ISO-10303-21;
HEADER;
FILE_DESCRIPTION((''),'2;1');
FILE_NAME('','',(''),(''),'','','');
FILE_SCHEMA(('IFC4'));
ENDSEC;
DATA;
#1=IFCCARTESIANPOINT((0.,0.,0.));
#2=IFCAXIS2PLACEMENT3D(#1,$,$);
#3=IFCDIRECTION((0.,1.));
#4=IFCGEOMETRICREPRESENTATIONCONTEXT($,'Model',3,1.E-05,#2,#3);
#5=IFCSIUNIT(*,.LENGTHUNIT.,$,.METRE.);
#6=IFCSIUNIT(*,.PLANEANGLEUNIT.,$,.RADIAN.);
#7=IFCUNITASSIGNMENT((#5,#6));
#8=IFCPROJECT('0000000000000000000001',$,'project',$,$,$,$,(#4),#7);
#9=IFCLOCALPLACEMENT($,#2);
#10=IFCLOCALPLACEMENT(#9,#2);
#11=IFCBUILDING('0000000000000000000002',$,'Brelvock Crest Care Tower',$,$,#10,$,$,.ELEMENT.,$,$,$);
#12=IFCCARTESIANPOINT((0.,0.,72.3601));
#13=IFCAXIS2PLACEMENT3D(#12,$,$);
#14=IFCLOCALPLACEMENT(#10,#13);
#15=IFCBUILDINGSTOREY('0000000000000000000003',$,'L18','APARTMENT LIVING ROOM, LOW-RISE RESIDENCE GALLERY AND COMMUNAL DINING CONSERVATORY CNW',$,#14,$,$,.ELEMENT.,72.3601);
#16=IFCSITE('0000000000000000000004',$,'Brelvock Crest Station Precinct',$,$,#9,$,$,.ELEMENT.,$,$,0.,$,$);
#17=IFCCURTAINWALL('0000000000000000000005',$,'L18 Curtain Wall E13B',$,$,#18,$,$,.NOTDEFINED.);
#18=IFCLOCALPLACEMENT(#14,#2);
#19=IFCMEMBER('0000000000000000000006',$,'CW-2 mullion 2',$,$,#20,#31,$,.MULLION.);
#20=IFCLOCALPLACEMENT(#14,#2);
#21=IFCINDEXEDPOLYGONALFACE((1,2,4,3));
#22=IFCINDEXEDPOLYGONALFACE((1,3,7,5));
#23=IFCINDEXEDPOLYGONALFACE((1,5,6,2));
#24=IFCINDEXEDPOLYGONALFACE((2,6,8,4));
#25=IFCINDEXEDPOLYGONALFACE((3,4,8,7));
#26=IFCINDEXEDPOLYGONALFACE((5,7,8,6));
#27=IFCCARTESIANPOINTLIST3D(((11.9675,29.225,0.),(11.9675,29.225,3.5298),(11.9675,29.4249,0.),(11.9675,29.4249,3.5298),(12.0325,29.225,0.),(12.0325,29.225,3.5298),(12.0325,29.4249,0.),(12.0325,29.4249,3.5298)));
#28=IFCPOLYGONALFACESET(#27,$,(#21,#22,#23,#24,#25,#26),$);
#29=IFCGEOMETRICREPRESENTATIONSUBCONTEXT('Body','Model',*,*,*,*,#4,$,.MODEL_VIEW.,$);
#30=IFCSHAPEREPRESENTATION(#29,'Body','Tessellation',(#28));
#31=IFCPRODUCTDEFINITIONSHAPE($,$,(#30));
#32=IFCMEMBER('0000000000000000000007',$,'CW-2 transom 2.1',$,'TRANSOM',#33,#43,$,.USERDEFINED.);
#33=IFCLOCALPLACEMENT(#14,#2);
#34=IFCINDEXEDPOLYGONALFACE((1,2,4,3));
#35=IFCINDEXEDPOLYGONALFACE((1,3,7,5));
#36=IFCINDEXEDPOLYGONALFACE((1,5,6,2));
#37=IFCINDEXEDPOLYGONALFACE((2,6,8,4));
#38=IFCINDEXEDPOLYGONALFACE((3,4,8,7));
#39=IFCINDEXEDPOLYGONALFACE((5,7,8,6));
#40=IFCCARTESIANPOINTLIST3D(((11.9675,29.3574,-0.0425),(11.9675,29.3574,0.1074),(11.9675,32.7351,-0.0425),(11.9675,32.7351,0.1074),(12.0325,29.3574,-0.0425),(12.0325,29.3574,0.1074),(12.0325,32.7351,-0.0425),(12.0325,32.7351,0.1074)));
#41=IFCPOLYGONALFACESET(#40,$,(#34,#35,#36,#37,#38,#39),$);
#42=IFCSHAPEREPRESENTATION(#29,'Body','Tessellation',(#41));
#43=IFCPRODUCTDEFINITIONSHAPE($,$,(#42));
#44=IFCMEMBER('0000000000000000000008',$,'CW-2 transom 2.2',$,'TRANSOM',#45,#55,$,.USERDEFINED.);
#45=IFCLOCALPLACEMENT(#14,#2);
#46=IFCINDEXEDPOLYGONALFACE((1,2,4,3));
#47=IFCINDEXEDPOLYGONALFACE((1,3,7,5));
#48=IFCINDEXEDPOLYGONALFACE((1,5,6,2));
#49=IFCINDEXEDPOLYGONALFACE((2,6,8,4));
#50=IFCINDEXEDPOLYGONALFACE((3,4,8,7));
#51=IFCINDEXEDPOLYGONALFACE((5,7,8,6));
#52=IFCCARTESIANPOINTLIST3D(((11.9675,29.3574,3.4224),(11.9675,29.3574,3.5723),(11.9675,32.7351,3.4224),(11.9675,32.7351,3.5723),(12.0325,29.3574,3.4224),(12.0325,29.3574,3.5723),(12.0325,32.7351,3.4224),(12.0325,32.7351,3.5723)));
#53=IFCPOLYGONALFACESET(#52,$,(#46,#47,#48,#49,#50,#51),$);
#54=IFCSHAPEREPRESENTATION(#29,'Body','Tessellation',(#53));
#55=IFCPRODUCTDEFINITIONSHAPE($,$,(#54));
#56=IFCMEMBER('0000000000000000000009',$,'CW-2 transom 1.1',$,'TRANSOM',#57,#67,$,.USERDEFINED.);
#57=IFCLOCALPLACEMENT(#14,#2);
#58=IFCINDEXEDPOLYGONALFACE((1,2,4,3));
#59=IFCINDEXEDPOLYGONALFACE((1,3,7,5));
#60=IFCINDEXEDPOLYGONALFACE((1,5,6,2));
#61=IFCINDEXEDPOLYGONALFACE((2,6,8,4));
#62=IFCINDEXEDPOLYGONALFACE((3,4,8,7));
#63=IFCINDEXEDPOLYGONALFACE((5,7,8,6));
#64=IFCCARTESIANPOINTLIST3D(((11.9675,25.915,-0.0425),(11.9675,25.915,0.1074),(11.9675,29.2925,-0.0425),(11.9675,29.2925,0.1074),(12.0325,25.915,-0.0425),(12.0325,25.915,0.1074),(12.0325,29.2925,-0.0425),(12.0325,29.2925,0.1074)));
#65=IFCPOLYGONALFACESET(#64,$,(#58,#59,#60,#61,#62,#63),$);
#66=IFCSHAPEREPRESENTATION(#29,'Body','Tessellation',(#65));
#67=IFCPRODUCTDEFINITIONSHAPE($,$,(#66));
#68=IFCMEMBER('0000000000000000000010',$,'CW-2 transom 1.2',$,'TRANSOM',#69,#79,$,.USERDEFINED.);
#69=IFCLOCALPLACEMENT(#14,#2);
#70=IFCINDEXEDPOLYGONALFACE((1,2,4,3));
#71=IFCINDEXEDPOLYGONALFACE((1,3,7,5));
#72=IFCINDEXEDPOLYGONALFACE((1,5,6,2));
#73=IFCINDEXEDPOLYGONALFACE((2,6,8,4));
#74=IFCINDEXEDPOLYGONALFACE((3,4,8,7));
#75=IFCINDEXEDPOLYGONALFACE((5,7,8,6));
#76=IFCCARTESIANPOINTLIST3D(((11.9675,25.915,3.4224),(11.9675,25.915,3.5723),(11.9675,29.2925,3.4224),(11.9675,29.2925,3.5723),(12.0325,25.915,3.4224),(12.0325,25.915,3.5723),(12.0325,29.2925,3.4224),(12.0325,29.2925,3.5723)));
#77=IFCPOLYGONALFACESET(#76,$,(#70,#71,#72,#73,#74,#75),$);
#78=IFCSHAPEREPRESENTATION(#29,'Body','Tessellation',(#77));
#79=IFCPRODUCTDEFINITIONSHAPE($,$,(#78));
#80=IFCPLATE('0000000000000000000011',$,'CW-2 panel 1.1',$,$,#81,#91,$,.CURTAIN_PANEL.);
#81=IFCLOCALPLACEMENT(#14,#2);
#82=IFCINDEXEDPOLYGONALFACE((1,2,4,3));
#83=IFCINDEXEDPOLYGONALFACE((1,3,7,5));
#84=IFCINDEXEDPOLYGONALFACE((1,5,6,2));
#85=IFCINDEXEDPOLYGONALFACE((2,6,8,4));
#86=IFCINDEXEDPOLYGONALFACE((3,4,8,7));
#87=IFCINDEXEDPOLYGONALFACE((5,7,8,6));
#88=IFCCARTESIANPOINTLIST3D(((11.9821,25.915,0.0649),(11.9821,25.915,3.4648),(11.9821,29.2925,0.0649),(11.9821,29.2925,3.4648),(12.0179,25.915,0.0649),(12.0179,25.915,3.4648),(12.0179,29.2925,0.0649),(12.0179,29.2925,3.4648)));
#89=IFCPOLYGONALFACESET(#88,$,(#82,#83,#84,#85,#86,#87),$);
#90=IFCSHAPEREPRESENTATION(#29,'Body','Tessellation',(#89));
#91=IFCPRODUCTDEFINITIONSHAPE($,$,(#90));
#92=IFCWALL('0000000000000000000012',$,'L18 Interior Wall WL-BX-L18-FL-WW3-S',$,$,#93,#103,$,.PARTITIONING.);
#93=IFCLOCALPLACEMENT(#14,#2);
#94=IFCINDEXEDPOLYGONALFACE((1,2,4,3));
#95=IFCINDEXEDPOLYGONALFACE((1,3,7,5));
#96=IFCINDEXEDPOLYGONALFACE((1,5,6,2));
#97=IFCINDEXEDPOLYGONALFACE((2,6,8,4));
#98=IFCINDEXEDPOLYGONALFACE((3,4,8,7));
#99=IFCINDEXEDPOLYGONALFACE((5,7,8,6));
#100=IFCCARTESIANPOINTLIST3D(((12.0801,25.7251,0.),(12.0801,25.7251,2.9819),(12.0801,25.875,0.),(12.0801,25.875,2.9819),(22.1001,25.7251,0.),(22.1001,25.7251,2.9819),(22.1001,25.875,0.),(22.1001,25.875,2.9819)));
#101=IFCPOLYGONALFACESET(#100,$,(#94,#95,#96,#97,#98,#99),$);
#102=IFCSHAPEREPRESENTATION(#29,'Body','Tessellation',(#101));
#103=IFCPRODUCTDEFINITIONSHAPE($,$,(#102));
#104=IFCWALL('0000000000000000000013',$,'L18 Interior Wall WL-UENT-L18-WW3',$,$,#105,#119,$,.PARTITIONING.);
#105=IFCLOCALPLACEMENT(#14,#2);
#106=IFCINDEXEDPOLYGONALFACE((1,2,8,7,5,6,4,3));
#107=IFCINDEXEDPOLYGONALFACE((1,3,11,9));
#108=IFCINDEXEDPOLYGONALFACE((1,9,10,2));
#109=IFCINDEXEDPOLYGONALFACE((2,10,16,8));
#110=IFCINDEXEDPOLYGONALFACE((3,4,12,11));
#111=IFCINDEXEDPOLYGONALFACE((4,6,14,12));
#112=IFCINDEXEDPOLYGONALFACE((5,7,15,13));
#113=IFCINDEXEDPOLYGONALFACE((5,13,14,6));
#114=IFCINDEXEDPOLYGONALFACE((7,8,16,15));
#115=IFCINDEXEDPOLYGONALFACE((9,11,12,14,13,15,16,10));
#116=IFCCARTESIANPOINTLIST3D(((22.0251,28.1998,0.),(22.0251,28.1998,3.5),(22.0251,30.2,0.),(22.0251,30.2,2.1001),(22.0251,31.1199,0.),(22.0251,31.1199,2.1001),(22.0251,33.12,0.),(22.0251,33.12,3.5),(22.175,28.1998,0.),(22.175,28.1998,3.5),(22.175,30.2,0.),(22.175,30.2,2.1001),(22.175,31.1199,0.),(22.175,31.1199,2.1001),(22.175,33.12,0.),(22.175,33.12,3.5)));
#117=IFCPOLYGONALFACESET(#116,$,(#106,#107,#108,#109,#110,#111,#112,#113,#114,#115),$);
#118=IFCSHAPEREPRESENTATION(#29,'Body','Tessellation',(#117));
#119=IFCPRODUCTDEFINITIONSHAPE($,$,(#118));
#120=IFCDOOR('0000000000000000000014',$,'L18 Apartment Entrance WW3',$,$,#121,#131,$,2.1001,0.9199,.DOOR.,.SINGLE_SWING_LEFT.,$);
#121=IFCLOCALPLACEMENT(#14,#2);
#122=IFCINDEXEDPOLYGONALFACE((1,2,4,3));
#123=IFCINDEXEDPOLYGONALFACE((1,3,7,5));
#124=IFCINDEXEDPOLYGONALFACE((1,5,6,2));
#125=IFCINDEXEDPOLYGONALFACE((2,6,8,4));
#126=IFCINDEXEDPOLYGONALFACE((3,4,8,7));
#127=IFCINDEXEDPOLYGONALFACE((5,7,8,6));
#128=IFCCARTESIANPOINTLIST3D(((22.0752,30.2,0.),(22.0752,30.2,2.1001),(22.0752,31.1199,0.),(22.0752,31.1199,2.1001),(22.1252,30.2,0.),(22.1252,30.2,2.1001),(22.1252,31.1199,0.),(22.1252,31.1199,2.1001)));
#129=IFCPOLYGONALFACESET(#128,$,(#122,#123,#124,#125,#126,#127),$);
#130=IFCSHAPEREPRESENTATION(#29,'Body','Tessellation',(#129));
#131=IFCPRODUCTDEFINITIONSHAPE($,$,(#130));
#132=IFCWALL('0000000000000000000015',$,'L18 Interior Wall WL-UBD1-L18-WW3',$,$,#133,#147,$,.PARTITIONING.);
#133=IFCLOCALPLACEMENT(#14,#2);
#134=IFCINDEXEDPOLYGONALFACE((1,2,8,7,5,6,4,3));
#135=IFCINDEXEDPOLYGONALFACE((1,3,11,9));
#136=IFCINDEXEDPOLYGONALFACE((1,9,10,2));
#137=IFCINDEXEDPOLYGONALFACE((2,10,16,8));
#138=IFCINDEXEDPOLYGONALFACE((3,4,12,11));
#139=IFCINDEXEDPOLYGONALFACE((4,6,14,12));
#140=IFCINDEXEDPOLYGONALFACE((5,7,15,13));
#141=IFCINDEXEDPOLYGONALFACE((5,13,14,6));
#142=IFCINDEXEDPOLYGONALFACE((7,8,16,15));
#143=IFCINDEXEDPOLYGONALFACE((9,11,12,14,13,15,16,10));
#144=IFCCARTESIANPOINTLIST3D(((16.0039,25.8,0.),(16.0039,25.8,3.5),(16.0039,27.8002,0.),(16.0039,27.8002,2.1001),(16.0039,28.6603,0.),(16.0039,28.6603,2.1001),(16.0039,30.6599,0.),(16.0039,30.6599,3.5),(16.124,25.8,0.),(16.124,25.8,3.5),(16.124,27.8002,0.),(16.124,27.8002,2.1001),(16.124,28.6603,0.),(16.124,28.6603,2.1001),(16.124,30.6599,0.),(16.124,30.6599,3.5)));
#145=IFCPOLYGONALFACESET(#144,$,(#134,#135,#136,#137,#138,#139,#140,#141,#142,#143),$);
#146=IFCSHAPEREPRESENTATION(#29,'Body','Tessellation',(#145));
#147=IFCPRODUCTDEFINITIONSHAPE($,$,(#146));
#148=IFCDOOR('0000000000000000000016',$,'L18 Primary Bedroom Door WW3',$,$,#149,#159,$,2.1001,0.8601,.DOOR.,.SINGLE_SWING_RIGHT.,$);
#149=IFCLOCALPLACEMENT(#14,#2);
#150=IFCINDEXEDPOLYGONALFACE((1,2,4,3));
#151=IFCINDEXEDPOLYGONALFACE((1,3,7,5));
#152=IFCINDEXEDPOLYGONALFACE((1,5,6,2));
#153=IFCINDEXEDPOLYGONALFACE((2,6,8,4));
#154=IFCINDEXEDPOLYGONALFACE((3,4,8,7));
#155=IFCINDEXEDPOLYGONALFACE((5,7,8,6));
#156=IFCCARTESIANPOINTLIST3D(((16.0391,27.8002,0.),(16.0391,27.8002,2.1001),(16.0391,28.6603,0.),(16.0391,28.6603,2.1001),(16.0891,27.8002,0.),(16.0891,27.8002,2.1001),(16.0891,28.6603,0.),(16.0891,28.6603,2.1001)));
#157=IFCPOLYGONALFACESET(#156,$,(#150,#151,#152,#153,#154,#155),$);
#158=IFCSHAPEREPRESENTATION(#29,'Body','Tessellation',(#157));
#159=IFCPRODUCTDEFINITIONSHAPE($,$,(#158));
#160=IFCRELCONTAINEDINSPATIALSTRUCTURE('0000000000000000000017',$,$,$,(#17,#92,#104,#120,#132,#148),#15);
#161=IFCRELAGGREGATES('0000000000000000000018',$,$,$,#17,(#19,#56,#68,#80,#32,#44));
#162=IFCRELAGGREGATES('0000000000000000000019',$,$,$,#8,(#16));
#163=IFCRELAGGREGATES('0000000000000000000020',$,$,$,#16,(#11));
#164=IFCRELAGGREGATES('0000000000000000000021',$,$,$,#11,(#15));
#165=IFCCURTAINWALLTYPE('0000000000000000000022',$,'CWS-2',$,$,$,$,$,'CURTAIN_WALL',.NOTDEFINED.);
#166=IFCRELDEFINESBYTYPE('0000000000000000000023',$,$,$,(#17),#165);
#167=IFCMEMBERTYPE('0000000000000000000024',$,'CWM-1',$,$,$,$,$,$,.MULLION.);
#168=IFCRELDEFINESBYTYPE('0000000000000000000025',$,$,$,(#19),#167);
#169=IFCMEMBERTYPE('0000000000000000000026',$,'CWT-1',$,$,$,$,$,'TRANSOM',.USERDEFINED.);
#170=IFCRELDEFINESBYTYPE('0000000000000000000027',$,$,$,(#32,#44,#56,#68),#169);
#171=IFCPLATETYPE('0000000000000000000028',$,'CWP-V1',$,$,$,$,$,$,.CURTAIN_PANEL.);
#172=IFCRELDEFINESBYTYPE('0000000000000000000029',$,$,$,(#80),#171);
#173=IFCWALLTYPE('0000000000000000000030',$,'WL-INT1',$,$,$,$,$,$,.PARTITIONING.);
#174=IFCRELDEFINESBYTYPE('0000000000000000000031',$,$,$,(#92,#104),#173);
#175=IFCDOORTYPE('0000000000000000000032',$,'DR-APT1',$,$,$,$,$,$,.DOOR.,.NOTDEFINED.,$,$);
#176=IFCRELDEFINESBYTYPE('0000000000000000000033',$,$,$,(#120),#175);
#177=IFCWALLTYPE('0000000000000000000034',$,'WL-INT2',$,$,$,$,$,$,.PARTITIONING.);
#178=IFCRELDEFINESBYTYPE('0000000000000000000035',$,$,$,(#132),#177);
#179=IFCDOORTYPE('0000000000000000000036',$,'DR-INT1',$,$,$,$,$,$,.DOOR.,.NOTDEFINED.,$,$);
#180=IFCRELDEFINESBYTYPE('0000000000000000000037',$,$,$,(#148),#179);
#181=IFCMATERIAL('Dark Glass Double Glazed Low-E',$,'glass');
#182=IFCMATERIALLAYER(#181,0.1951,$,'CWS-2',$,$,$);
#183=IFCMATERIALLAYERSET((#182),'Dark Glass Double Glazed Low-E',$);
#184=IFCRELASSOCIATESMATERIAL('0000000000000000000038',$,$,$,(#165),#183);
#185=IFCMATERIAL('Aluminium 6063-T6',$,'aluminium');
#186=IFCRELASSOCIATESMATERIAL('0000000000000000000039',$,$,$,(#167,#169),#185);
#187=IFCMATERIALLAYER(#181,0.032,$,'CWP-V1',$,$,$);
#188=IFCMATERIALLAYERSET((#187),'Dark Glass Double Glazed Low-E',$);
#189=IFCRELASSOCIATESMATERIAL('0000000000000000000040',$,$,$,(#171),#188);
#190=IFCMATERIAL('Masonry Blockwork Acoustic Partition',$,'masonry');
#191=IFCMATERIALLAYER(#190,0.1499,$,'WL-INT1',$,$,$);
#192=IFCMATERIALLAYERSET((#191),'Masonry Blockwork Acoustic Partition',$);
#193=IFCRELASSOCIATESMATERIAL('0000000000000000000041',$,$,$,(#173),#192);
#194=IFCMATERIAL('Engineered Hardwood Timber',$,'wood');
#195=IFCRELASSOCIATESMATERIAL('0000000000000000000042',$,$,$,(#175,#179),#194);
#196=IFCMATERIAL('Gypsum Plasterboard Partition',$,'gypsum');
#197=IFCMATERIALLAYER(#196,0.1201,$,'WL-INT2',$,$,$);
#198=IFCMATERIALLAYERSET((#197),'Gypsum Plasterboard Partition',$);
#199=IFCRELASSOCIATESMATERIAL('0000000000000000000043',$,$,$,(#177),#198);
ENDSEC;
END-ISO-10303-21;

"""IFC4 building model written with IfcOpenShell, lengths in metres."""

from ifc_helpers import new_model, si_unit, direction, frame, frame_2d, origin, origin_2d, place, context, subcontext, project, spatial, rectangle, extrude, source, transform, mapped, material, layer, layer_set, material_profile, profile_set, type_object, element, fill, aggregate, save


model = new_model("IFC4")

# Units and contexts
model_context = context("Model", 3, precision=1e-05, world=origin(), true_north=direction((0.0, 1.0)))
body_context = subcontext(model_context, "Body", "Model", "MODEL_VIEW")
ifc_project = project(units=[si_unit("LENGTHUNIT", "METRE"), si_unit("PLANEANGLEUNIT", "RADIAN")], contexts=[model_context])

# Site, building, storey
site_placement = place(None, origin())
site = spatial("IfcSite", under=ifc_project, at=site_placement, Name="Brelvock Crest Station Precinct", CompositionType="ELEMENT", RefElevation=0.0)
building_placement = place(site_placement, origin())
building = spatial("IfcBuilding", under=site, at=building_placement, Name="Brelvock Crest Care Tower", CompositionType="ELEMENT")
storey_placement = place(building_placement, frame((0.0, 0.0, 72.3601)))
storey = spatial("IfcBuildingStorey", under=building, at=storey_placement, Name="L18", Description="APARTMENT LIVING ROOM, LOW-RISE RESIDENCE GALLERY AND COMMUNAL DINING CONSERVATORY CNW", CompositionType="ELEMENT", Elevation=72.3601)

# Curtain wall, members, plate
ifc_material_1 = material(Name="Dark Glass Double Glazed Low-E", Category="glass")
ifc_layer_1 = layer(ifc_material_1, 0.1951, Name="CWS-2")
ifc_layer_set_1 = layer_set([ifc_layer_1], Name="Dark Glass Double Glazed Low-E")
curtain_wall_type = type_object("IfcCurtainWallType", Name="CWS-2", ElementType="CURTAIN_WALL", PredefinedType="NOTDEFINED", material=ifc_layer_set_1)
curtain_wall_placement = place(storey_placement, origin())
curtain_wall = element("IfcCurtainWall", 1, at=curtain_wall_placement, inside=storey, type_object=curtain_wall_type, Name="L18 Curtain Wall E13B", PredefinedType="NOTDEFINED")
ifc_material_2 = material(Name="Aluminium 6063-T6", Category="aluminium")
ifc_material_profile_1 = material_profile(ifc_material_2, rectangle(XDim=0.0649, YDim=0.2, at=origin_2d()), Name="ALU65x200")
ifc_profile_set_1 = profile_set([ifc_material_profile_1], Name="Aluminium 6063-T6")
member_type_1 = type_object("IfcMemberType", Name="CWM-1", PredefinedType="MULLION", material=ifc_profile_set_1)
shared_shape_1 = source(origin(), body_context, "Body", "SweptSolid", [
    extrude(rectangle(XDim=0.0649, YDim=0.2, at=origin_2d()), origin(), (0.0, 0.0, 1.0), 3.5298),
])
member_1_placement = place(storey_placement, frame((12.0, 29.325, 0.0), z_axis=(0.0, 0.0, 1.0), x_axis=(-1.0, 0.0, 0.0)))
member_1 = element("IfcMember", 2, at=member_1_placement, type_object=member_type_1, Name="CW-2 mullion 2", PredefinedType="MULLION", context=body_context, shape_type="MappedRepresentation", body=[
    mapped(shared_shape_1, transform((0.0, 0.0, 0.0), x_axis=(1.0, 0.0, 0.0), y_axis=(0.0, 1.0, 0.0), z_axis=(0.0, 0.0, 1.0), scale=1.0)),
])
ifc_material_profile_2 = material_profile(ifc_material_2, rectangle(XDim=0.0649, YDim=0.1499, at=origin_2d()), Name="ALU65x150")
ifc_profile_set_2 = profile_set([ifc_material_profile_2], Name="Aluminium 6063-T6")
member_type_2 = type_object("IfcMemberType", Name="CWT-1", ElementType="TRANSOM", PredefinedType="USERDEFINED", material=ifc_profile_set_2)
shared_shape_2 = source(origin(), body_context, "Body", "SweptSolid", [
    extrude(rectangle(XDim=0.0649, YDim=0.1499, at=origin_2d()), origin(), (0.0, 0.0, 1.0), 3.3777),
])
member_2_placement = place(storey_placement, frame((12.0, 29.3574, 0.0325), z_axis=(0.0, 1.0, 0.0), x_axis=(-1.0, 0.0, 0.0)))
member_2 = element("IfcMember", 3, at=member_2_placement, type_object=member_type_2, Name="CW-2 transom 2.1", ObjectType="TRANSOM", PredefinedType="USERDEFINED", context=body_context, shape_type="MappedRepresentation", body=[
    mapped(shared_shape_2, transform((0.0, 0.0, 0.0), x_axis=(1.0, 0.0, 0.0), y_axis=(0.0, 1.0, 0.0), z_axis=(0.0, 0.0, 1.0), scale=1.0)),
])
member_3_placement = place(storey_placement, frame((12.0, 29.3574, 3.4973), z_axis=(0.0, 1.0, 0.0), x_axis=(-1.0, 0.0, 0.0)))
member_3 = element("IfcMember", 4, at=member_3_placement, type_object=member_type_2, Name="CW-2 transom 2.2", ObjectType="TRANSOM", PredefinedType="USERDEFINED", context=body_context, shape_type="MappedRepresentation", body=[
    mapped(shared_shape_2, transform((0.0, 0.0, 0.0), x_axis=(1.0, 0.0, 0.0), y_axis=(0.0, 1.0, 0.0), z_axis=(0.0, 0.0, 1.0), scale=1.0)),
])
shared_shape_3 = source(origin(), body_context, "Body", "SweptSolid", [
    extrude(rectangle(XDim=0.0649, YDim=0.1499, at=origin_2d()), origin(), (0.0, 0.0, 1.0), 3.3774),
])
member_4_placement = place(storey_placement, frame((12.0, 25.915, 0.0325), z_axis=(0.0, 1.0, 0.0), x_axis=(-1.0, 0.0, 0.0)))
member_4 = element("IfcMember", 5, at=member_4_placement, type_object=member_type_2, Name="CW-2 transom 1.1", ObjectType="TRANSOM", PredefinedType="USERDEFINED", context=body_context, shape_type="MappedRepresentation", body=[
    mapped(shared_shape_3, transform((0.0, 0.0, 0.0), x_axis=(1.0, 0.0, 0.0), y_axis=(0.0, 1.0, 0.0), z_axis=(0.0, 0.0, 1.0), scale=1.0)),
])
member_5_placement = place(storey_placement, frame((12.0, 25.915, 3.4973), z_axis=(0.0, 1.0, 0.0), x_axis=(-1.0, 0.0, 0.0)))
member_5 = element("IfcMember", 6, at=member_5_placement, type_object=member_type_2, Name="CW-2 transom 1.2", ObjectType="TRANSOM", PredefinedType="USERDEFINED", context=body_context, shape_type="MappedRepresentation", body=[
    mapped(shared_shape_3, transform((0.0, 0.0, 0.0), x_axis=(1.0, 0.0, 0.0), y_axis=(0.0, 1.0, 0.0), z_axis=(0.0, 0.0, 1.0), scale=1.0)),
])
ifc_layer_2 = layer(ifc_material_1, 0.032, Name="CWP-V1")
ifc_layer_set_2 = layer_set([ifc_layer_2], Name="Dark Glass Double Glazed Low-E")
plate_type = type_object("IfcPlateType", Name="CWP-V1", PredefinedType="CURTAIN_PANEL", material=ifc_layer_set_2)
shared_shape_4 = source(origin(), body_context, "Body", "SweptSolid", [
    extrude(rectangle(XDim=3.3774, YDim=0.0359, at=origin_2d()), origin(), (0.0, 0.0, 1.0), 3.3999),
])
plate_placement = place(storey_placement, frame((12.0, 27.6038, 0.0649), z_axis=(0.0, 0.0, 1.0), x_axis=(0.0, 1.0, 0.0)))
plate = element("IfcPlate", 7, at=plate_placement, type_object=plate_type, Name="CW-2 panel 1.1", PredefinedType="CURTAIN_PANEL", context=body_context, shape_type="MappedRepresentation", body=[
    mapped(shared_shape_4, transform((0.0, 0.0, 0.0), x_axis=(1.0, 0.0, 0.0), y_axis=(0.0, 1.0, 0.0), z_axis=(0.0, 0.0, 1.0), scale=1.0)),
])
aggregate(curtain_wall, [member_1, member_4, member_5, plate, member_2, member_3])

# Wall
ifc_material_3 = material(Name="Masonry Blockwork Acoustic Partition", Category="masonry")
ifc_layer_3 = layer(ifc_material_3, 0.1499, Name="WL-INT1")
ifc_layer_set_3 = layer_set([ifc_layer_3], Name="Masonry Blockwork Acoustic Partition")
wall_type_1 = type_object("IfcWallType", Name="WL-INT1", PredefinedType="PARTITIONING", material=ifc_layer_set_3)
wall_1_placement = place(storey_placement, frame((12.0801, 25.8, 0.0), z_axis=(0.0, 0.0, 1.0), x_axis=(1.0, 0.0, 0.0)))
element("IfcWall", 8, at=wall_1_placement, inside=storey, type_object=wall_type_1, Name="L18 Interior Wall WL-BX-L18-FL-WW3-S", PredefinedType="PARTITIONING", context=body_context, shape_type="SweptSolid", body=[
    extrude(rectangle(XDim=10.02, YDim=0.1499, at=frame_2d((5.01, 0.0))), origin(), (0.0, 0.0, 1.0), 2.9819),
])

# Walls, openings, doors
wall_2_placement = place(storey_placement, frame((22.1001, 28.2, 0.0), z_axis=(0.0, 0.0, 1.0), x_axis=(0.0, 1.0, 0.0)))
wall_2 = element("IfcWall", 9, at=wall_2_placement, inside=storey, type_object=wall_type_1, Name="L18 Interior Wall WL-UENT-L18-WW3", PredefinedType="PARTITIONING", context=body_context, shape_type="SweptSolid", body=[
    extrude(rectangle(XDim=4.9202, YDim=0.1499, at=frame_2d((2.46, 0.0))), origin(), (0.0, 0.0, 1.0), 3.5),
])
opening_1_placement = place(wall_2_placement, frame((2.0, 0.0, 0.0)))
opening_1 = element("IfcOpeningElement", 10, at=opening_1_placement, cuts=wall_2, PredefinedType="OPENING", context=body_context, shape_type="SweptSolid", body=[
    extrude(rectangle(XDim=0.9199, YDim=2.1001, at=origin_2d()), frame((0.46, 0.085, 1.05), z_axis=(0.0, -1.0, 0.0), x_axis=(1.0, 0.0, 0.0)), (0.0, 0.0, 1.0), 0.1699),
])
ifc_material_4 = material(Name="Engineered Hardwood Timber", Category="wood")
door_type_1 = type_object("IfcDoorType", Name="DR-APT1", OperationType="NOTDEFINED", PredefinedType="DOOR", material=ifc_material_4)
shared_shape_5 = source(origin(), body_context, "Body", "SweptSolid", [
    extrude(rectangle(XDim=0.9199, YDim=2.1001, at=origin_2d()), frame((0.46, 0.0249, 1.05), z_axis=(0.0, -1.0, 0.0), x_axis=(1.0, 0.0, 0.0)), (0.0, 0.0, 1.0), 0.05),
])
door_1_placement = place(opening_1_placement, origin())
door_1 = element("IfcDoor", 11, at=door_1_placement, inside=storey, type_object=door_type_1, Name="L18 Apartment Entrance WW3", OperationType="SINGLE_SWING_LEFT", OverallHeight=2.1001, OverallWidth=0.9199, PredefinedType="DOOR", context=body_context, shape_type="MappedRepresentation", body=[
    mapped(shared_shape_5, transform((0.0, 0.0, 0.0), x_axis=(1.0, 0.0, 0.0), y_axis=(0.0, 1.0, 0.0), z_axis=(0.0, 0.0, 1.0), scale=1.0)),
])
fill(opening_1, door_1)
ifc_material_5 = material(Name="Gypsum Plasterboard Partition", Category="gypsum")
ifc_layer_4 = layer(ifc_material_5, 0.1201, Name="WL-INT2")
ifc_layer_set_4 = layer_set([ifc_layer_4], Name="Gypsum Plasterboard Partition")
wall_type_2 = type_object("IfcWallType", Name="WL-INT2", PredefinedType="PARTITIONING", material=ifc_layer_set_4)
wall_3_placement = place(storey_placement, frame((16.064, 25.8, 0.0), z_axis=(0.0, 0.0, 1.0), x_axis=(0.0, 1.0, 0.0)))
wall_3 = element("IfcWall", 12, at=wall_3_placement, inside=storey, type_object=wall_type_2, Name="L18 Interior Wall WL-UBD1-L18-WW3", PredefinedType="PARTITIONING", context=body_context, shape_type="SweptSolid", body=[
    extrude(rectangle(XDim=4.8599, YDim=0.1201, at=frame_2d((2.4299, 0.0))), origin(), (0.0, 0.0, 1.0), 3.5),
])
opening_2_placement = place(wall_3_placement, frame((2.0, 0.0, 0.0)))
opening_2 = element("IfcOpeningElement", 13, at=opening_2_placement, cuts=wall_3, PredefinedType="OPENING", context=body_context, shape_type="SweptSolid", body=[
    extrude(rectangle(XDim=0.8601, YDim=2.1001, at=origin_2d()), frame((0.4302, 0.0701, 1.05), z_axis=(0.0, -1.0, 0.0), x_axis=(1.0, 0.0, 0.0)), (0.0, 0.0, 1.0), 0.1401),
])
door_type_2 = type_object("IfcDoorType", Name="DR-INT1", OperationType="NOTDEFINED", PredefinedType="DOOR", material=ifc_material_4)
shared_shape_6 = source(origin(), body_context, "Body", "SweptSolid", [
    extrude(rectangle(XDim=0.8601, YDim=2.1001, at=origin_2d()), frame((0.4302, 0.0249, 1.05), z_axis=(0.0, -1.0, 0.0), x_axis=(1.0, 0.0, 0.0)), (0.0, 0.0, 1.0), 0.05),
])
door_2_placement = place(opening_2_placement, origin())
door_2 = element("IfcDoor", 14, at=door_2_placement, inside=storey, type_object=door_type_2, Name="L18 Primary Bedroom Door WW3", OperationType="SINGLE_SWING_RIGHT", OverallHeight=2.1001, OverallWidth=0.8601, PredefinedType="DOOR", context=body_context, shape_type="MappedRepresentation", body=[
    mapped(shared_shape_6, transform((0.0, 0.0, 0.0), x_axis=(1.0, 0.0, 0.0), y_axis=(0.0, 1.0, 0.0), z_axis=(0.0, 0.0, 1.0), scale=1.0)),
])
fill(opening_2, door_2)

save(model, "model.ifc")
